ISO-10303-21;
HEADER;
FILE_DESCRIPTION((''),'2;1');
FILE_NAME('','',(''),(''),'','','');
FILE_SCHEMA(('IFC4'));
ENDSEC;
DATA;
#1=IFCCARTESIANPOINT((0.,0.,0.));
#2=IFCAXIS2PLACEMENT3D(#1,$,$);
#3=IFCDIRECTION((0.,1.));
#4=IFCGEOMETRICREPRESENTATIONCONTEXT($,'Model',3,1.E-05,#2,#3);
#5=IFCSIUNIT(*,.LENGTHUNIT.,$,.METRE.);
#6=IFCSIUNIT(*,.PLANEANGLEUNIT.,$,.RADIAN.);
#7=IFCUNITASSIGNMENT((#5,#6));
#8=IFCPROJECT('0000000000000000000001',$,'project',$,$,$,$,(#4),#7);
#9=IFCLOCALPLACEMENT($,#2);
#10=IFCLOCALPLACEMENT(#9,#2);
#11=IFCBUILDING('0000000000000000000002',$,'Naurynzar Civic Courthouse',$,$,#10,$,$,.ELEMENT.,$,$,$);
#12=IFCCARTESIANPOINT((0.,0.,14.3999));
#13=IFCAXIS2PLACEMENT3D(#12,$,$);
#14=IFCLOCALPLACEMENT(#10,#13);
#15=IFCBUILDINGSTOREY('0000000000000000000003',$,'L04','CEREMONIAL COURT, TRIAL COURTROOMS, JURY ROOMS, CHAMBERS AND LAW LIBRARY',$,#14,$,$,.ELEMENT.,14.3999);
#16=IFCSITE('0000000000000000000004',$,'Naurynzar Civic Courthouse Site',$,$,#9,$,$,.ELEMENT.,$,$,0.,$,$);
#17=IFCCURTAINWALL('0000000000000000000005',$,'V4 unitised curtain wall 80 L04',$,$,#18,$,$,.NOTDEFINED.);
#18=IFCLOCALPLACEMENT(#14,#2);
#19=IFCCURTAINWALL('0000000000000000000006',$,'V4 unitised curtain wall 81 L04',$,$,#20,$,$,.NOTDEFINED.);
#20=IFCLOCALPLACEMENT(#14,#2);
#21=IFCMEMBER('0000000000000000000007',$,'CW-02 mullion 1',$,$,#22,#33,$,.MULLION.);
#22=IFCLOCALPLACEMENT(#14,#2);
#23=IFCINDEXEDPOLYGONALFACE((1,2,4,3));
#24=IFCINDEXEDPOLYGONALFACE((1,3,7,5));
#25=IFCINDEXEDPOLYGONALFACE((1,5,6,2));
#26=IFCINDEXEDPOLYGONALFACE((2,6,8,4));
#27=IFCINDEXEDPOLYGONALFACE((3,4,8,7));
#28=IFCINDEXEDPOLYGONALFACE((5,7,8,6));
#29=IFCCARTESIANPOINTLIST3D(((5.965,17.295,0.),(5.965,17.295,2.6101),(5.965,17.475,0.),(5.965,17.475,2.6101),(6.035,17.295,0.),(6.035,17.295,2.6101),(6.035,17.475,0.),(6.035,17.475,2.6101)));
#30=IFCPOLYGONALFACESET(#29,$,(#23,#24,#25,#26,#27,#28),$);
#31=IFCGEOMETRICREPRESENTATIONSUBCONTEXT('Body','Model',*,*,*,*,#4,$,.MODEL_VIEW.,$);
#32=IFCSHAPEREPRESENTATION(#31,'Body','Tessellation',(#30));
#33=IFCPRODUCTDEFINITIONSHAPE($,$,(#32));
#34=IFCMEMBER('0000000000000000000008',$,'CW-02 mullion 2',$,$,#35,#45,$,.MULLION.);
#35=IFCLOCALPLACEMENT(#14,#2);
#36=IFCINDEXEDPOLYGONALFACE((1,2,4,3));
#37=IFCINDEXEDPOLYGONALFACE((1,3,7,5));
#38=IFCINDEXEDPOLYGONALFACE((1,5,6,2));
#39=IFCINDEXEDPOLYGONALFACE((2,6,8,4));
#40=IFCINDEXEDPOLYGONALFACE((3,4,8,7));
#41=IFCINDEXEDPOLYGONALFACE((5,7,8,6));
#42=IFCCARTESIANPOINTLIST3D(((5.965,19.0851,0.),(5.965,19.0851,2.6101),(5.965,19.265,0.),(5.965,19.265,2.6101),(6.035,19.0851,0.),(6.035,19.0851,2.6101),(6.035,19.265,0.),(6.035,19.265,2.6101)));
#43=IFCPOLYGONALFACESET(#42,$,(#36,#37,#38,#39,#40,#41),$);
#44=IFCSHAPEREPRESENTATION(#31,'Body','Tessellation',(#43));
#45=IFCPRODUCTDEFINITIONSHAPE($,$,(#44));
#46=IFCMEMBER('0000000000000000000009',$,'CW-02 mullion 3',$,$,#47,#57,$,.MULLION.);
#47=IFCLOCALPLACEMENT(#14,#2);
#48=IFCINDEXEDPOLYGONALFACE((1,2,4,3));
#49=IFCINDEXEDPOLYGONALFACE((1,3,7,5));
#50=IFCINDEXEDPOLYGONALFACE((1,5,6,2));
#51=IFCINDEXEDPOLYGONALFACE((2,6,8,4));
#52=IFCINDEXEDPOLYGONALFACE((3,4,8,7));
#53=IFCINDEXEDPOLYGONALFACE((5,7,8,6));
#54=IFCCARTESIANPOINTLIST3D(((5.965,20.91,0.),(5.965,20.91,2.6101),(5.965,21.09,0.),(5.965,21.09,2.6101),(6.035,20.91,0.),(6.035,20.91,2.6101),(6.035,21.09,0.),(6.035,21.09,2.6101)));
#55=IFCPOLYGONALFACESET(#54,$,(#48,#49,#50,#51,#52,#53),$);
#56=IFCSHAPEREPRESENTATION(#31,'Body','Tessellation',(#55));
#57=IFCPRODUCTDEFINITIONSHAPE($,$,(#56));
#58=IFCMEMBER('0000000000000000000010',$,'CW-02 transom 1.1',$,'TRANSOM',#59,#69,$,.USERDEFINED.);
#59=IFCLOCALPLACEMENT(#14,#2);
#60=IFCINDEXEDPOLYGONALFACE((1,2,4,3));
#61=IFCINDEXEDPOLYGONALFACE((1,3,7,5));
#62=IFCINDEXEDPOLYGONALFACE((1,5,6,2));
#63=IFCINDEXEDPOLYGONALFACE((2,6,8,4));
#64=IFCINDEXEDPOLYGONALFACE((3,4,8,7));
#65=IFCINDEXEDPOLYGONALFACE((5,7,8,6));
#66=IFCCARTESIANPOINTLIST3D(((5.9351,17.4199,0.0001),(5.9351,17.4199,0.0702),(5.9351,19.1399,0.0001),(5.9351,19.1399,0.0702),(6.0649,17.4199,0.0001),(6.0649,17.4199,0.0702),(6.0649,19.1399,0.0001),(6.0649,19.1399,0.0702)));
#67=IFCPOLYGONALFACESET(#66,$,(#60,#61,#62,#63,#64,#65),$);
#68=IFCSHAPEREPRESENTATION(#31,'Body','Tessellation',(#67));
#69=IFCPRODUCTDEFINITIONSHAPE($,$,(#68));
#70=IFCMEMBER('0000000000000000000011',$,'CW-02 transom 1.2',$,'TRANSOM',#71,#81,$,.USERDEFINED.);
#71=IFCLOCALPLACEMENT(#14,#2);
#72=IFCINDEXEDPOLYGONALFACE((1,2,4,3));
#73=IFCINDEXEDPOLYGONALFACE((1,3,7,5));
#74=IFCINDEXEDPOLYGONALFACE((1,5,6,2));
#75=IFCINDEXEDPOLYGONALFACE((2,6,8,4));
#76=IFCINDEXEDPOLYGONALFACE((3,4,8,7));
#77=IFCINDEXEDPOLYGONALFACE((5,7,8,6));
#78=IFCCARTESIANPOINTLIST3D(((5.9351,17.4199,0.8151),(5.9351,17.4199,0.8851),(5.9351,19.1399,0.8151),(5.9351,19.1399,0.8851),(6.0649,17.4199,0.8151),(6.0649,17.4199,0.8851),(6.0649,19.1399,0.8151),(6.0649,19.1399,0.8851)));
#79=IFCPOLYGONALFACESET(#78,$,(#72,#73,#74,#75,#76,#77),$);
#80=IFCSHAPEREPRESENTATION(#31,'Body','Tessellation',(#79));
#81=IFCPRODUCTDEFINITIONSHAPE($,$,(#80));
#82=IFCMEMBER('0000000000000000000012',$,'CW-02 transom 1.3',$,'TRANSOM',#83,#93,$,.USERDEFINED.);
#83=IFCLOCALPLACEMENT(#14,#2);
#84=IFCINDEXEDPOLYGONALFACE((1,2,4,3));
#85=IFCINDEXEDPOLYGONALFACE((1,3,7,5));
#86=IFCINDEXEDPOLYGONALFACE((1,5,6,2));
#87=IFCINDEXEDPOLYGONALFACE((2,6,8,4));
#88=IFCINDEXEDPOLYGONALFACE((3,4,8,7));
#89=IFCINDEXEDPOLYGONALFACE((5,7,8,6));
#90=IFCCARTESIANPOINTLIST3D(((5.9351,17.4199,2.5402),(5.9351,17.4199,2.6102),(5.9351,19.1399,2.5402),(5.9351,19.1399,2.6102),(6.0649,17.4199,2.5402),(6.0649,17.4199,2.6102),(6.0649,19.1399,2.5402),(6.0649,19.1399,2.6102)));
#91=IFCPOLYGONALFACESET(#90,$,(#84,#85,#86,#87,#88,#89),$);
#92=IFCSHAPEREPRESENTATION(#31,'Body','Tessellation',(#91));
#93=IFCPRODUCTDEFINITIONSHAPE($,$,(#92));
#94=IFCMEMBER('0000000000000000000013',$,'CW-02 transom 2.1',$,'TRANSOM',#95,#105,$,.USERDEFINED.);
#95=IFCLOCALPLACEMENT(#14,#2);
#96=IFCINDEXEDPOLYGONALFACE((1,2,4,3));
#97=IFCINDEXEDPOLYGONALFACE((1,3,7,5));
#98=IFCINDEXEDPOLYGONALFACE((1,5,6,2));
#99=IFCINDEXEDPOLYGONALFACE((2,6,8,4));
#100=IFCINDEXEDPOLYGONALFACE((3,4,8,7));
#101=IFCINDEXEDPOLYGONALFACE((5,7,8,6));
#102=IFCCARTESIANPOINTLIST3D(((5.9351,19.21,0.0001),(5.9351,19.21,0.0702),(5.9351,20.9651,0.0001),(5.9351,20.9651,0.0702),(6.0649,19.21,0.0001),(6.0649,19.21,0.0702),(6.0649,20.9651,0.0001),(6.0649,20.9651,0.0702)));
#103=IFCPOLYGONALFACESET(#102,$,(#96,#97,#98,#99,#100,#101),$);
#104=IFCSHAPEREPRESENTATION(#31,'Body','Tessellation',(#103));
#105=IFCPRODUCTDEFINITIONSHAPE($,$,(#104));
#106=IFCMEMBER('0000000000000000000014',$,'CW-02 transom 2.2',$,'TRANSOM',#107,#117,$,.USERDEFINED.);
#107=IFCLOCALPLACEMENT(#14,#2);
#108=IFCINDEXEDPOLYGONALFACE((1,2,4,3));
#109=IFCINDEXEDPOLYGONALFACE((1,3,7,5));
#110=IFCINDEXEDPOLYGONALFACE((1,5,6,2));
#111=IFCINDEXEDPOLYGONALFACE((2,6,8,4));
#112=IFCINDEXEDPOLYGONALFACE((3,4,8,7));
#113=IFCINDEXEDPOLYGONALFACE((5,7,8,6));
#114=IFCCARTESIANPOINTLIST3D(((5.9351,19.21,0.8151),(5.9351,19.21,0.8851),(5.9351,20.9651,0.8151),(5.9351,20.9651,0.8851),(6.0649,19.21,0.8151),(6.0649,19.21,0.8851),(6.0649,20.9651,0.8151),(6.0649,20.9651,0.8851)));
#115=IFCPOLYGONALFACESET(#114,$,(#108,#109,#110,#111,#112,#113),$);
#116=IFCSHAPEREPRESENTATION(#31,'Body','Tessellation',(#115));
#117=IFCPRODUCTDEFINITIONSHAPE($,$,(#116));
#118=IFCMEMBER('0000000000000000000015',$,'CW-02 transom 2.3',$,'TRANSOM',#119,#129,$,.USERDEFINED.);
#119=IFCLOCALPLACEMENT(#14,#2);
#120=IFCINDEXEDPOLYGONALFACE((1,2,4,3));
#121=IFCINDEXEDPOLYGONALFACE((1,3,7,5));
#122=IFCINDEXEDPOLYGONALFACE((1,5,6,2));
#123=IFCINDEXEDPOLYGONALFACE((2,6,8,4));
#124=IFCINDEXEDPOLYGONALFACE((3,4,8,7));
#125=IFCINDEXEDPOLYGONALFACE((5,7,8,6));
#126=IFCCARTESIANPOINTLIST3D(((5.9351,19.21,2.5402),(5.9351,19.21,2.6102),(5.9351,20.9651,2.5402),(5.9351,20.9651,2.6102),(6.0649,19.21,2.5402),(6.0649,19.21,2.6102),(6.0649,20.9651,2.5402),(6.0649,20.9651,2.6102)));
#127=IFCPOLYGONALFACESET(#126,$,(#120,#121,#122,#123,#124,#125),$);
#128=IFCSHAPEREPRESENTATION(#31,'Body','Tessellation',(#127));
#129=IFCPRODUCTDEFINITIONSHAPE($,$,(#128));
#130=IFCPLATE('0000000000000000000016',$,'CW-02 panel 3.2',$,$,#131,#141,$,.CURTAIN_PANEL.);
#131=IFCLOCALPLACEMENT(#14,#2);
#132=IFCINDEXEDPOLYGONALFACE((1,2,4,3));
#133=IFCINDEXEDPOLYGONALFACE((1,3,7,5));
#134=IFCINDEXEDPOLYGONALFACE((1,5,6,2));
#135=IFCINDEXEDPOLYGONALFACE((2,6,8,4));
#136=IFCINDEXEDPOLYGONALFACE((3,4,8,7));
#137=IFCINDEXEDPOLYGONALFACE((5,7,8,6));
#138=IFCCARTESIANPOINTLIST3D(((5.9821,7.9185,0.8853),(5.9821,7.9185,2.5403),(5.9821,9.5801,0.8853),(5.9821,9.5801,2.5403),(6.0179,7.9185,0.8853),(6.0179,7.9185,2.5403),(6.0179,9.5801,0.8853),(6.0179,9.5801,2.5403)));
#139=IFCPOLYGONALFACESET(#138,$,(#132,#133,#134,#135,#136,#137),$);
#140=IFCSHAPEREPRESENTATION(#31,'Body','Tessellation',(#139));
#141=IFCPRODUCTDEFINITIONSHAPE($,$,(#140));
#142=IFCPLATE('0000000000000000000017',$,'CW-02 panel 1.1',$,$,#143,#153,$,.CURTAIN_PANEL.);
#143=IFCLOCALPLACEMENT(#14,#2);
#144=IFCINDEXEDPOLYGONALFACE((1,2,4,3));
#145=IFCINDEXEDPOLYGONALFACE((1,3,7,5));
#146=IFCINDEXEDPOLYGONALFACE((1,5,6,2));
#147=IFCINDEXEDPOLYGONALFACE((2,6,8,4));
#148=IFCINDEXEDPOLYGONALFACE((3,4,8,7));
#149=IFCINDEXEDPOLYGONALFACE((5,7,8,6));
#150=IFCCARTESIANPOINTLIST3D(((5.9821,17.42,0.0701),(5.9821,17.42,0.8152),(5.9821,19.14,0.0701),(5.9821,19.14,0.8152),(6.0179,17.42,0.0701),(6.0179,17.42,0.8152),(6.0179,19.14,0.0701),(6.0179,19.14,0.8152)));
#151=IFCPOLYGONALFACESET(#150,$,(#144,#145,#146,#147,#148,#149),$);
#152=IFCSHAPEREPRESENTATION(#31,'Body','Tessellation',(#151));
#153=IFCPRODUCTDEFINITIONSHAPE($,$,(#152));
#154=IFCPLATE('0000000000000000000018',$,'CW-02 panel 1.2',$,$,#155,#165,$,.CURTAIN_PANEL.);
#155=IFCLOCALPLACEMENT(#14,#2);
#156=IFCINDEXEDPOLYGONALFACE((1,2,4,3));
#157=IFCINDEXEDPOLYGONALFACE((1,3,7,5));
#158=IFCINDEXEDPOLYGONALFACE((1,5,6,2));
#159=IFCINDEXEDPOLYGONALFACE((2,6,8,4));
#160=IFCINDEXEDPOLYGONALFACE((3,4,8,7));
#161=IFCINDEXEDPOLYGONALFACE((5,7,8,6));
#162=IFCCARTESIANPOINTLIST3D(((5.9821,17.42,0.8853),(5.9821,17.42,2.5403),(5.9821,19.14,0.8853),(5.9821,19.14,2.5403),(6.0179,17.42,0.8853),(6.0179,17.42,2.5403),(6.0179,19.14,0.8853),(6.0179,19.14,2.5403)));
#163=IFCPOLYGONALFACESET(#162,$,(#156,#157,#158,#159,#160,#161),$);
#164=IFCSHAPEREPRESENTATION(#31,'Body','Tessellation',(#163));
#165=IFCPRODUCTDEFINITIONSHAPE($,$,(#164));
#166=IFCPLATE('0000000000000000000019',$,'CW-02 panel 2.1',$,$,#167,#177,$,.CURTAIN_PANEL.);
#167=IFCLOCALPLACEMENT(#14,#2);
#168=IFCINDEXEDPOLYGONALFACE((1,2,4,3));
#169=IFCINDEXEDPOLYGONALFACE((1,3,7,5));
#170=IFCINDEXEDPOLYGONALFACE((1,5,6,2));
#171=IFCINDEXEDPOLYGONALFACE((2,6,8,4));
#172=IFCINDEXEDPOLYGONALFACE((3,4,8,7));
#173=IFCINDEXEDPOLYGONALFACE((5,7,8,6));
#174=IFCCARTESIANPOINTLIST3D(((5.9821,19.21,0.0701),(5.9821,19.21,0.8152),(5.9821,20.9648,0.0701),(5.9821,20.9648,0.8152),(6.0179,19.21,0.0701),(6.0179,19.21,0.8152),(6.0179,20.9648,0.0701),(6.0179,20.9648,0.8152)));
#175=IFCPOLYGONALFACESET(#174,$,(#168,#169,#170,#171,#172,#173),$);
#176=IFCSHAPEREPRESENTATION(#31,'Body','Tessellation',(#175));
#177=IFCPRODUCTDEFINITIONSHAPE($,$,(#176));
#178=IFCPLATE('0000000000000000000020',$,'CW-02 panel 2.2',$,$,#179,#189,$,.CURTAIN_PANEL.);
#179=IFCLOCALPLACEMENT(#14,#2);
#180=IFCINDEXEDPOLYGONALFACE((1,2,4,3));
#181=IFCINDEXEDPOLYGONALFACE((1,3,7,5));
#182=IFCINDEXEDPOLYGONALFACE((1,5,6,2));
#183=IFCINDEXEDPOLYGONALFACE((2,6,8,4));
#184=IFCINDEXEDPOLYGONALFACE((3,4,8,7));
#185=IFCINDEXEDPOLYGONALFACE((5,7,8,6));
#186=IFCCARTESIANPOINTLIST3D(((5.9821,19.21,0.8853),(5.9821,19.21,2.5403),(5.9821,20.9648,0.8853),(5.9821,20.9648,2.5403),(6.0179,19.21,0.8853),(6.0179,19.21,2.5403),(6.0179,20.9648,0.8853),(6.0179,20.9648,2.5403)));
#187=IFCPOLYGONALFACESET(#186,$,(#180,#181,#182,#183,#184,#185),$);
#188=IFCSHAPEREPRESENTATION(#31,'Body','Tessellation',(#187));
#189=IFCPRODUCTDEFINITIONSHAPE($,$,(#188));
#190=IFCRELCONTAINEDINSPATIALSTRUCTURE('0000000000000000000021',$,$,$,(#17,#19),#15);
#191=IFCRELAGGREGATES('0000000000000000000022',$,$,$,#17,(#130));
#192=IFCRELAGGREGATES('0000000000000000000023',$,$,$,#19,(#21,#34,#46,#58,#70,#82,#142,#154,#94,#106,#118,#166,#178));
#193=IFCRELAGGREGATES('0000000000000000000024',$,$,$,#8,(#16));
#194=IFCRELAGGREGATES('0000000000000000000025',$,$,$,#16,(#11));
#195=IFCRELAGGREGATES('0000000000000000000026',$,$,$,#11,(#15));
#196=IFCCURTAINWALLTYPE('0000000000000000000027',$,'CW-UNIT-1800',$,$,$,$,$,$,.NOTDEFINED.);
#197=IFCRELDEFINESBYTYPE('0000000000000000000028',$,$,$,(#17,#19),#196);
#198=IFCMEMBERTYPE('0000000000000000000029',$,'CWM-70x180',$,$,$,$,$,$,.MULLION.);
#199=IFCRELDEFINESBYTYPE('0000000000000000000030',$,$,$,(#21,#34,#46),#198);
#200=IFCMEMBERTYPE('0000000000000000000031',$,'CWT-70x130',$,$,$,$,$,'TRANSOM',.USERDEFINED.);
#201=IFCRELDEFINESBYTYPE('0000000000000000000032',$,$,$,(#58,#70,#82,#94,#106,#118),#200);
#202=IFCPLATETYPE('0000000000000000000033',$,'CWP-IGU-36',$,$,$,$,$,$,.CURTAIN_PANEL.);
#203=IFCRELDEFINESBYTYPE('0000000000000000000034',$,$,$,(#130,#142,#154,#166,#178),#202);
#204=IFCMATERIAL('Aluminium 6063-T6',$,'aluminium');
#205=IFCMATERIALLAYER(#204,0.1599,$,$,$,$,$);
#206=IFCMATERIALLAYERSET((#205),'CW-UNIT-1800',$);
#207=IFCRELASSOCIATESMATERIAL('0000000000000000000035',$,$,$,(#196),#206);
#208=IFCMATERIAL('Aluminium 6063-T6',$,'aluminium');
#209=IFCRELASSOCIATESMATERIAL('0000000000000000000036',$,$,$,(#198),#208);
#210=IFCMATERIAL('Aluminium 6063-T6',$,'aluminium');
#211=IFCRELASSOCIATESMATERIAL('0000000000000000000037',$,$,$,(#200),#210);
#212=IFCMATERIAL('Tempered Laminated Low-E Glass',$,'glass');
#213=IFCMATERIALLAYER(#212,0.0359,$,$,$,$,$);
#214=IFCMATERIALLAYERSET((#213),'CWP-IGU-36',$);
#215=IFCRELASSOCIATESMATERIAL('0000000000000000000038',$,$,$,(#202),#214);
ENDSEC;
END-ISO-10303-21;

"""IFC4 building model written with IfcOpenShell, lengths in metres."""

from ifc_helpers import new_model, si_unit, direction, frame, origin, origin_2d, place, context, subcontext, project, spatial, rectangle, extrude, material, layer, layer_set, material_profile, profile_set, type_object, element, aggregate, save


model = new_model("IFC4")

# Units and contexts
model_context = context("Model", 3, precision=1e-05, world=origin(), true_north=direction((0.0, 1.0)))
body_context = subcontext(model_context, "Body", "Model", "MODEL_VIEW")
ifc_project = project(units=[si_unit("LENGTHUNIT", "METRE"), si_unit("PLANEANGLEUNIT", "RADIAN")], contexts=[model_context])

# Site, building, storey
site_placement = place(None, origin())
site = spatial("IfcSite", under=ifc_project, at=site_placement, Name="Naurynzar Civic Courthouse Site", CompositionType="ELEMENT", RefElevation=0.0)
building_placement = place(site_placement, origin())
building = spatial("IfcBuilding", under=site, at=building_placement, Name="Naurynzar Civic Courthouse", CompositionType="ELEMENT")
storey_placement = place(building_placement, frame((0.0, 0.0, 14.3999)))
storey = spatial("IfcBuildingStorey", under=building, at=storey_placement, Name="L04", Description="CEREMONIAL COURT, TRIAL COURTROOMS, JURY ROOMS, CHAMBERS AND LAW LIBRARY", CompositionType="ELEMENT", Elevation=14.3999)

# Curtain wall
ifc_material_1 = material(Name="Aluminium 6063-T6", Category="aluminium")
ifc_layer_1 = layer(ifc_material_1, 0.1599)
ifc_layer_set_1 = layer_set([ifc_layer_1], Name="CW-UNIT-1800")
curtain_wall_type = type_object("IfcCurtainWallType", Name="CW-UNIT-1800", PredefinedType="NOTDEFINED", material=ifc_layer_set_1)
curtain_wall_1_placement = place(storey_placement, origin())
curtain_wall_1 = element("IfcCurtainWall", 1, at=curtain_wall_1_placement, inside=storey, type_object=curtain_wall_type, Name="V4 unitised curtain wall 80 L04", PredefinedType="NOTDEFINED")
ifc_material_2 = material(Name="Aluminium 6063-T6", Category="aluminium")
ifc_material_profile_1 = material_profile(ifc_material_2, rectangle(XDim=0.0701, YDim=0.1799, at=origin_2d()), Name="ALU MULLION 70x180")
ifc_profile_set_1 = profile_set([ifc_material_profile_1], Name="Aluminium 6063-T6")
member_type_1 = type_object("IfcMemberType", Name="CWM-70x180", PredefinedType="MULLION", material=ifc_profile_set_1)

# Curtain wall, members
curtain_wall_2_placement = place(storey_placement, origin())
curtain_wall_2 = element("IfcCurtainWall", 2, at=curtain_wall_2_placement, inside=storey, type_object=curtain_wall_type, Name="V4 unitised curtain wall 81 L04", PredefinedType="NOTDEFINED")
member_1_placement = place(storey_placement, frame((6.0, 17.385, 0.0), z_axis=(0.0, 0.0, 1.0), x_axis=(-1.0, 0.0, 0.0)))
member_1 = element("IfcMember", 3, at=member_1_placement, type_object=member_type_1, Name="CW-02 mullion 1", PredefinedType="MULLION", context=body_context, shape_type="SweptSolid", body=[
    extrude(rectangle(XDim=0.0701, YDim=0.1799, at=origin_2d()), origin(), (0.0, 0.0, 1.0), 2.6101),
])
member_2_placement = place(storey_placement, frame((6.0, 19.175, 0.0), z_axis=(0.0, 0.0, 1.0), x_axis=(-1.0, 0.0, 0.0)))
member_2 = element("IfcMember", 4, at=member_2_placement, type_object=member_type_1, Name="CW-02 mullion 2", PredefinedType="MULLION", context=body_context, shape_type="SweptSolid", body=[
    extrude(rectangle(XDim=0.0701, YDim=0.1799, at=origin_2d()), origin(), (0.0, 0.0, 1.0), 2.6101),
])
member_3_placement = place(storey_placement, frame((6.0, 21.0, 0.0), z_axis=(0.0, 0.0, 1.0), x_axis=(-1.0, 0.0, 0.0)))
member_3 = element("IfcMember", 5, at=member_3_placement, type_object=member_type_1, Name="CW-02 mullion 3", PredefinedType="MULLION", context=body_context, shape_type="SweptSolid", body=[
    extrude(rectangle(XDim=0.0701, YDim=0.1799, at=origin_2d()), origin(), (0.0, 0.0, 1.0), 2.6101),
])
ifc_material_3 = material(Name="Aluminium 6063-T6", Category="aluminium")
ifc_material_profile_2 = material_profile(ifc_material_3, rectangle(XDim=0.1299, YDim=0.0701, at=origin_2d()), Name="ALU TRANSOM 70x130")
ifc_profile_set_2 = profile_set([ifc_material_profile_2], Name="Aluminium 6063-T6")
member_type_2 = type_object("IfcMemberType", Name="CWT-70x130", ElementType="TRANSOM", PredefinedType="USERDEFINED", material=ifc_profile_set_2)
member_4_placement = place(storey_placement, frame((6.0, 17.4199, 0.0352), z_axis=(0.0, 1.0, 0.0), x_axis=(-1.0, 0.0, 0.0)))
member_4 = element("IfcMember", 6, at=member_4_placement, type_object=member_type_2, Name="CW-02 transom 1.1", ObjectType="TRANSOM", PredefinedType="USERDEFINED", context=body_context, shape_type="SweptSolid", body=[
    extrude(rectangle(XDim=0.1299, YDim=0.0701, at=origin_2d()), origin(), (0.0, 0.0, 1.0), 1.72),
])
member_5_placement = place(storey_placement, frame((6.0, 17.4199, 0.8501), z_axis=(0.0, 1.0, 0.0), x_axis=(-1.0, 0.0, 0.0)))
member_5 = element("IfcMember", 7, at=member_5_placement, type_object=member_type_2, Name="CW-02 transom 1.2", ObjectType="TRANSOM", PredefinedType="USERDEFINED", context=body_context, shape_type="SweptSolid", body=[
    extrude(rectangle(XDim=0.1299, YDim=0.0701, at=origin_2d()), origin(), (0.0, 0.0, 1.0), 1.72),
])
member_6_placement = place(storey_placement, frame((6.0, 17.4199, 2.5752), z_axis=(0.0, 1.0, 0.0), x_axis=(-1.0, 0.0, 0.0)))
member_6 = element("IfcMember", 8, at=member_6_placement, type_object=member_type_2, Name="CW-02 transom 1.3", ObjectType="TRANSOM", PredefinedType="USERDEFINED", context=body_context, shape_type="SweptSolid", body=[
    extrude(rectangle(XDim=0.1299, YDim=0.0701, at=origin_2d()), origin(), (0.0, 0.0, 1.0), 1.72),
])
member_7_placement = place(storey_placement, frame((6.0, 19.21, 0.0352), z_axis=(0.0, 1.0, 0.0), x_axis=(-1.0, 0.0, 0.0)))
member_7 = element("IfcMember", 9, at=member_7_placement, type_object=member_type_2, Name="CW-02 transom 2.1", ObjectType="TRANSOM", PredefinedType="USERDEFINED", context=body_context, shape_type="SweptSolid", body=[
    extrude(rectangle(XDim=0.1299, YDim=0.0701, at=origin_2d()), origin(), (0.0, 0.0, 1.0), 1.7551),
])
member_8_placement = place(storey_placement, frame((6.0, 19.21, 0.8501), z_axis=(0.0, 1.0, 0.0), x_axis=(-1.0, 0.0, 0.0)))
member_8 = element("IfcMember", 10, at=member_8_placement, type_object=member_type_2, Name="CW-02 transom 2.2", ObjectType="TRANSOM", PredefinedType="USERDEFINED", context=body_context, shape_type="SweptSolid", body=[
    extrude(rectangle(XDim=0.1299, YDim=0.0701, at=origin_2d()), origin(), (0.0, 0.0, 1.0), 1.7551),
])
member_9_placement = place(storey_placement, frame((6.0, 19.21, 2.5752), z_axis=(0.0, 1.0, 0.0), x_axis=(-1.0, 0.0, 0.0)))
member_9 = element("IfcMember", 11, at=member_9_placement, type_object=member_type_2, Name="CW-02 transom 2.3", ObjectType="TRANSOM", PredefinedType="USERDEFINED", context=body_context, shape_type="SweptSolid", body=[
    extrude(rectangle(XDim=0.1299, YDim=0.0701, at=origin_2d()), origin(), (0.0, 0.0, 1.0), 1.7551),
])

# Plates
ifc_material_4 = material(Name="Tempered Laminated Low-E Glass", Category="glass")
ifc_layer_2 = layer(ifc_material_4, 0.0359)
ifc_layer_set_2 = layer_set([ifc_layer_2], Name="CWP-IGU-36")
plate_type = type_object("IfcPlateType", Name="CWP-IGU-36", PredefinedType="CURTAIN_PANEL", material=ifc_layer_set_2)
plate_1_placement = place(storey_placement, frame((6.0, 8.7493, 0.8853), z_axis=(0.0, 0.0, 1.0), x_axis=(0.0, 1.0, 0.0)))
plate_1 = element("IfcPlate", 12, at=plate_1_placement, type_object=plate_type, Name="CW-02 panel 3.2", PredefinedType="CURTAIN_PANEL", context=body_context, shape_type="SweptSolid", body=[
    extrude(rectangle(XDim=1.6616, YDim=0.0359, at=origin_2d()), origin(), (0.0, 0.0, 1.0), 1.655),
])
aggregate(curtain_wall_1, [plate_1])
plate_2_placement = place(storey_placement, frame((6.0, 18.28, 0.0701), z_axis=(0.0, 0.0, 1.0), x_axis=(0.0, 1.0, 0.0)))
plate_2 = element("IfcPlate", 13, at=plate_2_placement, type_object=plate_type, Name="CW-02 panel 1.1", PredefinedType="CURTAIN_PANEL", context=body_context, shape_type="SweptSolid", body=[
    extrude(rectangle(XDim=1.72, YDim=0.0359, at=origin_2d()), origin(), (0.0, 0.0, 1.0), 0.7451),
])
plate_3_placement = place(storey_placement, frame((6.0, 18.28, 0.8853), z_axis=(0.0, 0.0, 1.0), x_axis=(0.0, 1.0, 0.0)))
plate_3 = element("IfcPlate", 14, at=plate_3_placement, type_object=plate_type, Name="CW-02 panel 1.2", PredefinedType="CURTAIN_PANEL", context=body_context, shape_type="SweptSolid", body=[
    extrude(rectangle(XDim=1.72, YDim=0.0359, at=origin_2d()), origin(), (0.0, 0.0, 1.0), 1.655),
])
plate_4_placement = place(storey_placement, frame((6.0, 20.0874, 0.0701), z_axis=(0.0, 0.0, 1.0), x_axis=(0.0, 1.0, 0.0)))
plate_4 = element("IfcPlate", 15, at=plate_4_placement, type_object=plate_type, Name="CW-02 panel 2.1", PredefinedType="CURTAIN_PANEL", context=body_context, shape_type="SweptSolid", body=[
    extrude(rectangle(XDim=1.7549, YDim=0.0359, at=origin_2d()), origin(), (0.0, 0.0, 1.0), 0.7451),
])
plate_5_placement = place(storey_placement, frame((6.0, 20.0874, 0.8853), z_axis=(0.0, 0.0, 1.0), x_axis=(0.0, 1.0, 0.0)))
plate_5 = element("IfcPlate", 16, at=plate_5_placement, type_object=plate_type, Name="CW-02 panel 2.2", PredefinedType="CURTAIN_PANEL", context=body_context, shape_type="SweptSolid", body=[
    extrude(rectangle(XDim=1.7549, YDim=0.0359, at=origin_2d()), origin(), (0.0, 0.0, 1.0), 1.655),
])
aggregate(curtain_wall_2, [member_1, member_2, member_3, member_4, member_5, member_6, plate_2, plate_3, member_7, member_8, member_9, plate_4, plate_5])

save(model, "model.ifc")
